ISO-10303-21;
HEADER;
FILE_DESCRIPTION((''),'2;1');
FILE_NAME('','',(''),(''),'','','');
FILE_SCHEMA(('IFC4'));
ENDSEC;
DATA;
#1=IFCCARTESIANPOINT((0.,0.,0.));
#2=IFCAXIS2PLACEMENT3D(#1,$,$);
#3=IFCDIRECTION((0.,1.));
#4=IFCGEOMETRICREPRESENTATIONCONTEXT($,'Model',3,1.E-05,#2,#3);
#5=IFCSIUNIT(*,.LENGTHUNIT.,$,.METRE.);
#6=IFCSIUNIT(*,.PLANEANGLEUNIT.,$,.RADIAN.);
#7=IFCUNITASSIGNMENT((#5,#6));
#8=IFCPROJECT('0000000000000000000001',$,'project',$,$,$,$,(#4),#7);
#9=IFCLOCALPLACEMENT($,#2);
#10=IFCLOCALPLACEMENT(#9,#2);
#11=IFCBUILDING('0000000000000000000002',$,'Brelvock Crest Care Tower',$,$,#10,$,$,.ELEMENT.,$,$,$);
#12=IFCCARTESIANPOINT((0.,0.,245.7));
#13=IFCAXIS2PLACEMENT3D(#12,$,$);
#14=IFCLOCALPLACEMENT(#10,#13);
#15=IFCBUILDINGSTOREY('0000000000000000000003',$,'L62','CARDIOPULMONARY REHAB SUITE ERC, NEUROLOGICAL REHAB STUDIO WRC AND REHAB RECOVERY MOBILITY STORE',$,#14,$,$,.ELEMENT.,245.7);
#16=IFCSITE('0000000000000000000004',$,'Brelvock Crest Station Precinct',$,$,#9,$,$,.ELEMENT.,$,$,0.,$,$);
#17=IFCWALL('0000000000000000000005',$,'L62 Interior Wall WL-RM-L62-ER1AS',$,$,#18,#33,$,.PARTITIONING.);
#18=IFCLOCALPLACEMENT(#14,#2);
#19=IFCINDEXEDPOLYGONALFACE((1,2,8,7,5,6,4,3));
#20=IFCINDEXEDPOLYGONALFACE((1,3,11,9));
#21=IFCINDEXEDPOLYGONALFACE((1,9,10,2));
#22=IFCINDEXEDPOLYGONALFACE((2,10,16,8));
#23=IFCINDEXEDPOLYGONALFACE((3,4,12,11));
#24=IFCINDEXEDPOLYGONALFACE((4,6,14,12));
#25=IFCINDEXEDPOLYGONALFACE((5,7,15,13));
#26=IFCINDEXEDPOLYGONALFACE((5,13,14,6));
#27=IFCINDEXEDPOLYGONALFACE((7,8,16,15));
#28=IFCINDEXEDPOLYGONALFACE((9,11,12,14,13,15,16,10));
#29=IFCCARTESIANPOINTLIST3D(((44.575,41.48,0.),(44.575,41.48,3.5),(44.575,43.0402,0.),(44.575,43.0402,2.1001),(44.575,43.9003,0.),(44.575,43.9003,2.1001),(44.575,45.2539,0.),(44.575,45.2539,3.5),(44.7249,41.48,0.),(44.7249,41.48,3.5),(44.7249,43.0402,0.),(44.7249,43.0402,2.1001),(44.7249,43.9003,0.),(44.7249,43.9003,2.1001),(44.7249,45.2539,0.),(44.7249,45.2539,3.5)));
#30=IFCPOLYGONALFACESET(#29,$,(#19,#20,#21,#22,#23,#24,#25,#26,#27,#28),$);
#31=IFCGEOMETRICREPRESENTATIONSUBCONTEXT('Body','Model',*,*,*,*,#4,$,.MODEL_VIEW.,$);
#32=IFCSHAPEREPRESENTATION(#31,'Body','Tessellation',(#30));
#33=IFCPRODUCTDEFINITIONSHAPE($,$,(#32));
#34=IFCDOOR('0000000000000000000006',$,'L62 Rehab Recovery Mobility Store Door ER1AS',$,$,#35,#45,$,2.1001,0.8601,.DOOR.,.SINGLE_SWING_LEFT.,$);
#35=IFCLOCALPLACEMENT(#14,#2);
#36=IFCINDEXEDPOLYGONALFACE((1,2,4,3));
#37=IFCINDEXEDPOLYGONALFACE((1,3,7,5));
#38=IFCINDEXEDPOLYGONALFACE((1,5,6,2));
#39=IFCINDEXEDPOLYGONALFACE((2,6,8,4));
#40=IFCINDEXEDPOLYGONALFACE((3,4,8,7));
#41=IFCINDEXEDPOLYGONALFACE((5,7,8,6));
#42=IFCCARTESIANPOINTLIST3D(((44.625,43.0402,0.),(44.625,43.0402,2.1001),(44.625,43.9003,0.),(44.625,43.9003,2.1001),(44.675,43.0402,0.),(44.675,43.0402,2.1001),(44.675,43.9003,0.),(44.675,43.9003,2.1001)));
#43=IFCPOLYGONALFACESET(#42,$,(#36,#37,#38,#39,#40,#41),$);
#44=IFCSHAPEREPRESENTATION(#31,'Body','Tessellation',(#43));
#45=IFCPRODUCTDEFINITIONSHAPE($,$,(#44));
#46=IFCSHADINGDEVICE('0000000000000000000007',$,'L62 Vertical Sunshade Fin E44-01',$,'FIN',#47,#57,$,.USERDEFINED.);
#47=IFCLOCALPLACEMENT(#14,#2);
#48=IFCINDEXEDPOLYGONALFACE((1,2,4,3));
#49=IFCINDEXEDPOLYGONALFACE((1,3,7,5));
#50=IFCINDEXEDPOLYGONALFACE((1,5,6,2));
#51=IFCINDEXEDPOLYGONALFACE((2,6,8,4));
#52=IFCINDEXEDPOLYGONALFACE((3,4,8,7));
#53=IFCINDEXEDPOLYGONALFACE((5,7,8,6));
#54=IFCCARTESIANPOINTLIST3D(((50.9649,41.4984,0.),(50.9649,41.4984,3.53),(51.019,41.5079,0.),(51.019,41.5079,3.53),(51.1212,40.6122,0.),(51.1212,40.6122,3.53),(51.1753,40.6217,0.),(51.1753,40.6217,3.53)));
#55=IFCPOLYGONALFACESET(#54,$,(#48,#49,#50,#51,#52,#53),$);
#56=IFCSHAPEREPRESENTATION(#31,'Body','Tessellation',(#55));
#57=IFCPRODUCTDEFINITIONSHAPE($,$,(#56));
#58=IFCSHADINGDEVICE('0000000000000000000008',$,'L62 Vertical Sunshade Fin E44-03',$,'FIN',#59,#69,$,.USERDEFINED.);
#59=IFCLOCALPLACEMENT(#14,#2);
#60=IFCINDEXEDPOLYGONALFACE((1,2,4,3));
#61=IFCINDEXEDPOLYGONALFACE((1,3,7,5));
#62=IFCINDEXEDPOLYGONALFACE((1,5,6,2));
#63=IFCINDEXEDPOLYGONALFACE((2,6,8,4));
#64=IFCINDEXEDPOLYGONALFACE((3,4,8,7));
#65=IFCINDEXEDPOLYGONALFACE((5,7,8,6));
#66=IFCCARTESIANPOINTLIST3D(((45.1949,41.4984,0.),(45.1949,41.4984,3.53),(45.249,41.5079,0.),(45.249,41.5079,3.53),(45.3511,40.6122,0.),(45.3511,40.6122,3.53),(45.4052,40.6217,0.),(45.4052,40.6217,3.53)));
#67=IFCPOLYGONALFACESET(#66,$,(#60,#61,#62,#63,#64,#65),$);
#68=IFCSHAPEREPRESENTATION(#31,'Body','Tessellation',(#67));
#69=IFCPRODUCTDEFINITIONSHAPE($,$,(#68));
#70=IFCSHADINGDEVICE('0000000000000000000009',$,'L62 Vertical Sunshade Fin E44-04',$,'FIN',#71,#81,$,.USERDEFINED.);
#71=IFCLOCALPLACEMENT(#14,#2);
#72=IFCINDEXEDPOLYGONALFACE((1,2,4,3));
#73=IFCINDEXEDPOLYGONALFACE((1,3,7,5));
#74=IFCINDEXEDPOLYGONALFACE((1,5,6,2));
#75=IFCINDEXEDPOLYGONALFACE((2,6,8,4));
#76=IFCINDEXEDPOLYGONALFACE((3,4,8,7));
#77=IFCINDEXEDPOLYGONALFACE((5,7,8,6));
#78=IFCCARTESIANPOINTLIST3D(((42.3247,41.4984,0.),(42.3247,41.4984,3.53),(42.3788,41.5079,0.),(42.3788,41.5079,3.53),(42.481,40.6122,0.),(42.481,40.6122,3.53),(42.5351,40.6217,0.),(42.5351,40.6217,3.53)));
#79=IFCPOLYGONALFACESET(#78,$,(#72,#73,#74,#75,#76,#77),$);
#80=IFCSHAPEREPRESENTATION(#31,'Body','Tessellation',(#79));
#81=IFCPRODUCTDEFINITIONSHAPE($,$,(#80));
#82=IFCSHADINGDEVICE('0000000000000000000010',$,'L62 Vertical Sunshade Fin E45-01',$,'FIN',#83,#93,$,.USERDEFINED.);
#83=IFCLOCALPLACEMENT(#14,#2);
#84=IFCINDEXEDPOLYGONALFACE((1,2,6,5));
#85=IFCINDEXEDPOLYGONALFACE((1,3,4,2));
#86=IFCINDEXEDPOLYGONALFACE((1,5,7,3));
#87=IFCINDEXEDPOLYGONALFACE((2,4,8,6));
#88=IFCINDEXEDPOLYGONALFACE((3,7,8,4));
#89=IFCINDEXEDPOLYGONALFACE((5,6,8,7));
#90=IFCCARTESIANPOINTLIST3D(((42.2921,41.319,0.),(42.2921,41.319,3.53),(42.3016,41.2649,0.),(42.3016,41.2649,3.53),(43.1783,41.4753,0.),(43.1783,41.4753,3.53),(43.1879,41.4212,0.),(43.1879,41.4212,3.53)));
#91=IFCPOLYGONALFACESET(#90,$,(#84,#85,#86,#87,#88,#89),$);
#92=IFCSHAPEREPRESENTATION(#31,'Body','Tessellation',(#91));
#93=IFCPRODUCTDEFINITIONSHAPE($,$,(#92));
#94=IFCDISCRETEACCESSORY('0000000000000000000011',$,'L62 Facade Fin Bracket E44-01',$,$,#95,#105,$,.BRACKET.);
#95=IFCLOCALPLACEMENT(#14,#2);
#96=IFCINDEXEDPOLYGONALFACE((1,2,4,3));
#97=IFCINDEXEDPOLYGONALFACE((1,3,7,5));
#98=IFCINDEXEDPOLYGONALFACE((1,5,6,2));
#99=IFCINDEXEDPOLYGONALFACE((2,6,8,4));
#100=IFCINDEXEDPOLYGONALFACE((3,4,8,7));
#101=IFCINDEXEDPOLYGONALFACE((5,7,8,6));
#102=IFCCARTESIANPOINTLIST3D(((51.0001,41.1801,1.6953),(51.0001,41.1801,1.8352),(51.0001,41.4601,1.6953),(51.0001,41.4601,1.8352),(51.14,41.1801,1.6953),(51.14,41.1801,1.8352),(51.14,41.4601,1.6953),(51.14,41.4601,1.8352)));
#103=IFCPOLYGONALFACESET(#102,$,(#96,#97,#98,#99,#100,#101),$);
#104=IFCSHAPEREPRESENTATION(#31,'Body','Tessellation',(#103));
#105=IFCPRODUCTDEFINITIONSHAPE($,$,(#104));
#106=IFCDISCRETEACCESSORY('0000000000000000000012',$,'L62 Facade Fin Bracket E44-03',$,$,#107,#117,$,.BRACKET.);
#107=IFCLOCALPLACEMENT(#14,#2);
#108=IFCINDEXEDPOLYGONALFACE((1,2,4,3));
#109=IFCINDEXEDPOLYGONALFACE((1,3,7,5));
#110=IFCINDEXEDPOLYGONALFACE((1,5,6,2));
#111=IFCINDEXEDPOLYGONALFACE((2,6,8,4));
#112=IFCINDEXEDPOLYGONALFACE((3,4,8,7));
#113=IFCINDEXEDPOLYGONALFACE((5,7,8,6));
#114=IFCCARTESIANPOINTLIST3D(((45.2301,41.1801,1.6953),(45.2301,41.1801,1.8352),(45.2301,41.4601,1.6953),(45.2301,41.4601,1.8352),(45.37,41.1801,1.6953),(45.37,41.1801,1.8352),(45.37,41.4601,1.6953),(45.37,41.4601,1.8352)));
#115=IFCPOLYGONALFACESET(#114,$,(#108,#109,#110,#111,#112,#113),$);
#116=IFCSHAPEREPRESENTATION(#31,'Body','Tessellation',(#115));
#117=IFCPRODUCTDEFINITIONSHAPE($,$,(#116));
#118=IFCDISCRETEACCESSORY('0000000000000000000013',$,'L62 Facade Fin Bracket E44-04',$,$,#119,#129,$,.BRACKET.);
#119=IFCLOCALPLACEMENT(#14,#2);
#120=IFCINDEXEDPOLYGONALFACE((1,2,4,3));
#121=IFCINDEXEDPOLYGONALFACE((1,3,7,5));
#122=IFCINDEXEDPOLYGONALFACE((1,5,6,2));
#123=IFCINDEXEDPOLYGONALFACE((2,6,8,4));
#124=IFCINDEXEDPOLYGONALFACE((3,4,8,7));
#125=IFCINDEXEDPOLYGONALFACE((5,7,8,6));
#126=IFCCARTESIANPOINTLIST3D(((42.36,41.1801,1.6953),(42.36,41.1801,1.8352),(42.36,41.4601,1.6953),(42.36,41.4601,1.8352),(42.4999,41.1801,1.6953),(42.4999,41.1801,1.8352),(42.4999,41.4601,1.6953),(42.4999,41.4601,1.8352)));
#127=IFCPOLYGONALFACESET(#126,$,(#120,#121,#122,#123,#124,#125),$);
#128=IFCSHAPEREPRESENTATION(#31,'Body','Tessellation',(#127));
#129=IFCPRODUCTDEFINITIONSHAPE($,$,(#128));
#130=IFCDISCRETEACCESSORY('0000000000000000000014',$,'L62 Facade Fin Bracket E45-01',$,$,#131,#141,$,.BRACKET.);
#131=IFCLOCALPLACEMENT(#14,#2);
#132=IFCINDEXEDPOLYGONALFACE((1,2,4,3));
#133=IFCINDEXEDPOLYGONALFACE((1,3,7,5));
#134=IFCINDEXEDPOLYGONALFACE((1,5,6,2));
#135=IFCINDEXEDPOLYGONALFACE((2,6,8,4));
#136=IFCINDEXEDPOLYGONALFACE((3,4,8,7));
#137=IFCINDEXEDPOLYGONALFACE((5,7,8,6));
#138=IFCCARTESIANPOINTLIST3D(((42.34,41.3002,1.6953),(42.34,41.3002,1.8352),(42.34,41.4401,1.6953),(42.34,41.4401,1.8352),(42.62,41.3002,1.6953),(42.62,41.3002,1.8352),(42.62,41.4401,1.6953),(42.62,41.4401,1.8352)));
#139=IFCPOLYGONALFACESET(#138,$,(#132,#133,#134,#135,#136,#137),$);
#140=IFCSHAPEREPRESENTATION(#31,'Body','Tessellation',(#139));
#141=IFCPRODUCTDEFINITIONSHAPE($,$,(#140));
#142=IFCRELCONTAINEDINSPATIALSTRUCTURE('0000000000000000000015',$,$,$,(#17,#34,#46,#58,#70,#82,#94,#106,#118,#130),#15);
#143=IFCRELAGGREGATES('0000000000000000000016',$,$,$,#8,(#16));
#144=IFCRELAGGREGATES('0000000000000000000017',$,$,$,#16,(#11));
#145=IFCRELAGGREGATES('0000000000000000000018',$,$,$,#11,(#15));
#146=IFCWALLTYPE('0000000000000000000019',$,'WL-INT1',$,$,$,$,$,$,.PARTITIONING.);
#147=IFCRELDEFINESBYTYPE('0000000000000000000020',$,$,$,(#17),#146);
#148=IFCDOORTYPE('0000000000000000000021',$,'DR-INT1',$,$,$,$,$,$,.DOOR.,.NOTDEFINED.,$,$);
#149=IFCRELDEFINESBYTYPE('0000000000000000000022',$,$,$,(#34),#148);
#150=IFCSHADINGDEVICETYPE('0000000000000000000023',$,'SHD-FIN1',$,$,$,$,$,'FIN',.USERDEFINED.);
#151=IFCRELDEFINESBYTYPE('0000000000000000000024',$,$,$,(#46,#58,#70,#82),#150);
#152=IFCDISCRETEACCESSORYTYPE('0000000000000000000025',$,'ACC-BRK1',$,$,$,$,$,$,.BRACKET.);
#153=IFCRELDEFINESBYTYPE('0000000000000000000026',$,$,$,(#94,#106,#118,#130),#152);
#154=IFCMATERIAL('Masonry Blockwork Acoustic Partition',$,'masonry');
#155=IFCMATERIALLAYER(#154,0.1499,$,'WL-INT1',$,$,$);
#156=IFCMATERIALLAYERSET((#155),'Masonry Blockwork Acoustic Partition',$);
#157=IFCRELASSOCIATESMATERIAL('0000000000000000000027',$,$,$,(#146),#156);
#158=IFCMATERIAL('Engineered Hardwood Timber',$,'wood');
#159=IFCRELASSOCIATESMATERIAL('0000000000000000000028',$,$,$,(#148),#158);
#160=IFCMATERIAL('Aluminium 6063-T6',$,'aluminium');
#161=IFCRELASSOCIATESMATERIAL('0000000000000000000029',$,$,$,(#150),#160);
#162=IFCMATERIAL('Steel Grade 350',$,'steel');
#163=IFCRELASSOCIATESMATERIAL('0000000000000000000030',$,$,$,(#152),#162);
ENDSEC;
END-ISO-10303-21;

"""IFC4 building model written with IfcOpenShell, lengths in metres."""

from ifc_helpers import new_model, si_unit, direction, frame, frame_2d, origin, origin_2d, place, context, subcontext, project, spatial, rectangle, extrude, source, transform, mapped, material, layer, layer_set, material_profile, profile_set, type_object, element, fill, save


model = new_model("IFC4")

# Units and contexts
model_context = context("Model", 3, precision=1e-05, world=origin(), true_north=direction((0.0, 1.0)))
body_context = subcontext(model_context, "Body", "Model", "MODEL_VIEW")
ifc_project = project(units=[si_unit("LENGTHUNIT", "METRE"), si_unit("PLANEANGLEUNIT", "RADIAN")], contexts=[model_context])

# Site, building, storey
site_placement = place(None, origin())
site = spatial("IfcSite", under=ifc_project, at=site_placement, Name="Brelvock Crest Station Precinct", CompositionType="ELEMENT", RefElevation=0.0)
building_placement = place(site_placement, origin())
building = spatial("IfcBuilding", under=site, at=building_placement, Name="Brelvock Crest Care Tower", CompositionType="ELEMENT")
storey_placement = place(building_placement, frame((0.0, 0.0, 245.7)))
storey = spatial("IfcBuildingStorey", under=building, at=storey_placement, Name="L62", Description="CARDIOPULMONARY REHAB SUITE ERC, NEUROLOGICAL REHAB STUDIO WRC AND REHAB RECOVERY MOBILITY STORE", CompositionType="ELEMENT", Elevation=245.7)

# Shared definitions
ifc_material_1 = material(Name="Steel Grade 350", Category="steel")

# Shared definitions
ifc_material_2 = material(Name="Aluminium 6063-T6", Category="aluminium")

# Shared definitions
ifc_material_3 = material(Name="Masonry Blockwork Acoustic Partition", Category="masonry")
ifc_layer_1 = layer(ifc_material_3, 0.1499, Name="WL-INT1")
ifc_layer_set_1 = layer_set([ifc_layer_1], Name="Masonry Blockwork Acoustic Partition")
wall_type_1 = type_object("IfcWallType", Name="WL-INT1", PredefinedType="PARTITIONING", material=ifc_layer_set_1)

# Wall, opening, door
ifc_material_4 = material(Name="Engineered Hardwood Timber", Category="wood")
wall_1_placement = place(storey_placement, frame((44.6499, 41.48, 0.0), z_axis=(0.0, 0.0, 1.0), x_axis=(0.0, 1.0, 0.0)))
wall_1 = element("IfcWall", 1, at=wall_1_placement, inside=storey, type_object=wall_type_1, Name="L62 Interior Wall WL-RM-L62-ER1AS", PredefinedType="PARTITIONING", context=body_context, shape_type="SweptSolid", body=[
    extrude(rectangle(XDim=3.7739, YDim=0.1499, at=frame_2d((1.887, 0.0))), origin(), (0.0, 0.0, 1.0), 3.5),
])
opening_1_placement = place(wall_1_placement, frame((1.5601, 0.0, 0.0)))
opening_1 = element("IfcOpeningElement", 2, at=opening_1_placement, cuts=wall_1, PredefinedType="OPENING", context=body_context, shape_type="SweptSolid", body=[
    extrude(rectangle(XDim=0.8601, YDim=2.1001, at=origin_2d()), frame((0.4302, 0.085, 1.05), z_axis=(0.0, -1.0, 0.0), x_axis=(1.0, 0.0, 0.0)), (0.0, 0.0, 1.0), 0.1699),
])
door_type_1 = type_object("IfcDoorType", Name="DR-INT1", OperationType="NOTDEFINED", PredefinedType="DOOR", material=ifc_material_4)
shared_shape_1 = source(origin(), body_context, "Body", "SweptSolid", [
    extrude(rectangle(XDim=0.8601, YDim=2.1001, at=origin_2d()), frame((0.4302, 0.0249, 1.05), z_axis=(0.0, -1.0, 0.0), x_axis=(1.0, 0.0, 0.0)), (0.0, 0.0, 1.0), 0.05),
])
door_1_placement = place(opening_1_placement, origin())
door_1 = element("IfcDoor", 3, at=door_1_placement, inside=storey, type_object=door_type_1, Name="L62 Rehab Recovery Mobility Store Door ER1AS", OperationType="SINGLE_SWING_LEFT", OverallHeight=2.1001, OverallWidth=0.8601, PredefinedType="DOOR", context=body_context, shape_type="MappedRepresentation", body=[
    mapped(shared_shape_1, transform((0.0, 0.0, 0.0), x_axis=(1.0, 0.0, 0.0), y_axis=(0.0, 1.0, 0.0), z_axis=(0.0, 0.0, 1.0), scale=1.0)),
])
fill(opening_1, door_1)

# Shading devices
ifc_material_profile_1 = material_profile(ifc_material_2, rectangle(XDim=0.0549, YDim=0.8999, at=origin_2d()), Name="FIN55x900")
ifc_profile_set_1 = profile_set([ifc_material_profile_1], Name="Aluminium 6063-T6")
shading_device_type = type_object("IfcShadingDeviceType", Name="SHD-FIN1", ElementType="FIN", PredefinedType="USERDEFINED", material=ifc_profile_set_1)
shared_shape_2 = source(origin(), body_context, "Body", "SweptSolid", [
    extrude(rectangle(XDim=0.0549, YDim=0.8999, at=origin_2d()), origin(), (0.0, 0.0, 1.0), 3.53),
])
for number, where, z_axis, x_axis, name in (
    (4, (51.0701, 41.0601, 0.0), (0.0, 0.0, 1.0), (-0.984808, -0.173648, 0.0), "L62 Vertical Sunshade Fin E44-01"),
    (5, (45.3, 41.0601, 0.0), (0.0, 0.0, 1.0), (-0.984808, -0.173648, 0.0), "L62 Vertical Sunshade Fin E44-03"),
    (6, (42.4299, 41.0601, 0.0), (0.0, 0.0, 1.0), (-0.984808, -0.173648, 0.0), "L62 Vertical Sunshade Fin E44-04"),
    (7, (42.74, 41.3701, 0.0), (0.0, 0.0, 1.0), (0.173648, -0.984808, 0.0), "L62 Vertical Sunshade Fin E45-01"),
):
    element("IfcShadingDevice", number, at=place(storey_placement, frame(where, z_axis=z_axis, x_axis=x_axis)), inside=storey, type_object=shading_device_type, Name=name, ObjectType="FIN", PredefinedType="USERDEFINED", context=body_context, shape_type="MappedRepresentation", body=[
        mapped(shared_shape_2, transform((0.0, 0.0, 0.0), x_axis=(1.0, 0.0, 0.0), y_axis=(0.0, 1.0, 0.0), z_axis=(0.0, 0.0, 1.0), scale=1.0)),
    ])

# Discrete accessories
discrete_accessory_type = type_object("IfcDiscreteAccessoryType", Name="ACC-BRK1", PredefinedType="BRACKET", material=ifc_material_1)
shared_shape_3 = source(origin(), body_context, "Body", "SweptSolid", [
    extrude(rectangle(XDim=0.28, YDim=0.1399, at=origin_2d()), origin(), (0.0, 0.0, 1.0), 0.1399),
])
for number, where, z_axis, x_axis, name in (
    (8, (51.0701, 41.3201, 1.6953), (0.0, 0.0, 1.0), (0.0, -1.0, 0.0), "L62 Facade Fin Bracket E44-01"),
    (9, (45.3, 41.3201, 1.6953), (0.0, 0.0, 1.0), (0.0, -1.0, 0.0), "L62 Facade Fin Bracket E44-03"),
    (10, (42.4299, 41.3201, 1.6953), (0.0, 0.0, 1.0), (0.0, -1.0, 0.0), "L62 Facade Fin Bracket E44-04"),
    (11, (42.48, 41.3701, 1.6953), (0.0, 0.0, 1.0), (1.0, 0.0, 0.0), "L62 Facade Fin Bracket E45-01"),
):
    element("IfcDiscreteAccessory", number, at=place(storey_placement, frame(where, z_axis=z_axis, x_axis=x_axis)), inside=storey, type_object=discrete_accessory_type, Name=name, PredefinedType="BRACKET", context=body_context, shape_type="MappedRepresentation", body=[
        mapped(shared_shape_3, transform((0.0, 0.0, 0.0), x_axis=(1.0, 0.0, 0.0), y_axis=(0.0, 1.0, 0.0), z_axis=(0.0, 0.0, 1.0), scale=1.0)),
    ])

save(model, "model.ifc")
